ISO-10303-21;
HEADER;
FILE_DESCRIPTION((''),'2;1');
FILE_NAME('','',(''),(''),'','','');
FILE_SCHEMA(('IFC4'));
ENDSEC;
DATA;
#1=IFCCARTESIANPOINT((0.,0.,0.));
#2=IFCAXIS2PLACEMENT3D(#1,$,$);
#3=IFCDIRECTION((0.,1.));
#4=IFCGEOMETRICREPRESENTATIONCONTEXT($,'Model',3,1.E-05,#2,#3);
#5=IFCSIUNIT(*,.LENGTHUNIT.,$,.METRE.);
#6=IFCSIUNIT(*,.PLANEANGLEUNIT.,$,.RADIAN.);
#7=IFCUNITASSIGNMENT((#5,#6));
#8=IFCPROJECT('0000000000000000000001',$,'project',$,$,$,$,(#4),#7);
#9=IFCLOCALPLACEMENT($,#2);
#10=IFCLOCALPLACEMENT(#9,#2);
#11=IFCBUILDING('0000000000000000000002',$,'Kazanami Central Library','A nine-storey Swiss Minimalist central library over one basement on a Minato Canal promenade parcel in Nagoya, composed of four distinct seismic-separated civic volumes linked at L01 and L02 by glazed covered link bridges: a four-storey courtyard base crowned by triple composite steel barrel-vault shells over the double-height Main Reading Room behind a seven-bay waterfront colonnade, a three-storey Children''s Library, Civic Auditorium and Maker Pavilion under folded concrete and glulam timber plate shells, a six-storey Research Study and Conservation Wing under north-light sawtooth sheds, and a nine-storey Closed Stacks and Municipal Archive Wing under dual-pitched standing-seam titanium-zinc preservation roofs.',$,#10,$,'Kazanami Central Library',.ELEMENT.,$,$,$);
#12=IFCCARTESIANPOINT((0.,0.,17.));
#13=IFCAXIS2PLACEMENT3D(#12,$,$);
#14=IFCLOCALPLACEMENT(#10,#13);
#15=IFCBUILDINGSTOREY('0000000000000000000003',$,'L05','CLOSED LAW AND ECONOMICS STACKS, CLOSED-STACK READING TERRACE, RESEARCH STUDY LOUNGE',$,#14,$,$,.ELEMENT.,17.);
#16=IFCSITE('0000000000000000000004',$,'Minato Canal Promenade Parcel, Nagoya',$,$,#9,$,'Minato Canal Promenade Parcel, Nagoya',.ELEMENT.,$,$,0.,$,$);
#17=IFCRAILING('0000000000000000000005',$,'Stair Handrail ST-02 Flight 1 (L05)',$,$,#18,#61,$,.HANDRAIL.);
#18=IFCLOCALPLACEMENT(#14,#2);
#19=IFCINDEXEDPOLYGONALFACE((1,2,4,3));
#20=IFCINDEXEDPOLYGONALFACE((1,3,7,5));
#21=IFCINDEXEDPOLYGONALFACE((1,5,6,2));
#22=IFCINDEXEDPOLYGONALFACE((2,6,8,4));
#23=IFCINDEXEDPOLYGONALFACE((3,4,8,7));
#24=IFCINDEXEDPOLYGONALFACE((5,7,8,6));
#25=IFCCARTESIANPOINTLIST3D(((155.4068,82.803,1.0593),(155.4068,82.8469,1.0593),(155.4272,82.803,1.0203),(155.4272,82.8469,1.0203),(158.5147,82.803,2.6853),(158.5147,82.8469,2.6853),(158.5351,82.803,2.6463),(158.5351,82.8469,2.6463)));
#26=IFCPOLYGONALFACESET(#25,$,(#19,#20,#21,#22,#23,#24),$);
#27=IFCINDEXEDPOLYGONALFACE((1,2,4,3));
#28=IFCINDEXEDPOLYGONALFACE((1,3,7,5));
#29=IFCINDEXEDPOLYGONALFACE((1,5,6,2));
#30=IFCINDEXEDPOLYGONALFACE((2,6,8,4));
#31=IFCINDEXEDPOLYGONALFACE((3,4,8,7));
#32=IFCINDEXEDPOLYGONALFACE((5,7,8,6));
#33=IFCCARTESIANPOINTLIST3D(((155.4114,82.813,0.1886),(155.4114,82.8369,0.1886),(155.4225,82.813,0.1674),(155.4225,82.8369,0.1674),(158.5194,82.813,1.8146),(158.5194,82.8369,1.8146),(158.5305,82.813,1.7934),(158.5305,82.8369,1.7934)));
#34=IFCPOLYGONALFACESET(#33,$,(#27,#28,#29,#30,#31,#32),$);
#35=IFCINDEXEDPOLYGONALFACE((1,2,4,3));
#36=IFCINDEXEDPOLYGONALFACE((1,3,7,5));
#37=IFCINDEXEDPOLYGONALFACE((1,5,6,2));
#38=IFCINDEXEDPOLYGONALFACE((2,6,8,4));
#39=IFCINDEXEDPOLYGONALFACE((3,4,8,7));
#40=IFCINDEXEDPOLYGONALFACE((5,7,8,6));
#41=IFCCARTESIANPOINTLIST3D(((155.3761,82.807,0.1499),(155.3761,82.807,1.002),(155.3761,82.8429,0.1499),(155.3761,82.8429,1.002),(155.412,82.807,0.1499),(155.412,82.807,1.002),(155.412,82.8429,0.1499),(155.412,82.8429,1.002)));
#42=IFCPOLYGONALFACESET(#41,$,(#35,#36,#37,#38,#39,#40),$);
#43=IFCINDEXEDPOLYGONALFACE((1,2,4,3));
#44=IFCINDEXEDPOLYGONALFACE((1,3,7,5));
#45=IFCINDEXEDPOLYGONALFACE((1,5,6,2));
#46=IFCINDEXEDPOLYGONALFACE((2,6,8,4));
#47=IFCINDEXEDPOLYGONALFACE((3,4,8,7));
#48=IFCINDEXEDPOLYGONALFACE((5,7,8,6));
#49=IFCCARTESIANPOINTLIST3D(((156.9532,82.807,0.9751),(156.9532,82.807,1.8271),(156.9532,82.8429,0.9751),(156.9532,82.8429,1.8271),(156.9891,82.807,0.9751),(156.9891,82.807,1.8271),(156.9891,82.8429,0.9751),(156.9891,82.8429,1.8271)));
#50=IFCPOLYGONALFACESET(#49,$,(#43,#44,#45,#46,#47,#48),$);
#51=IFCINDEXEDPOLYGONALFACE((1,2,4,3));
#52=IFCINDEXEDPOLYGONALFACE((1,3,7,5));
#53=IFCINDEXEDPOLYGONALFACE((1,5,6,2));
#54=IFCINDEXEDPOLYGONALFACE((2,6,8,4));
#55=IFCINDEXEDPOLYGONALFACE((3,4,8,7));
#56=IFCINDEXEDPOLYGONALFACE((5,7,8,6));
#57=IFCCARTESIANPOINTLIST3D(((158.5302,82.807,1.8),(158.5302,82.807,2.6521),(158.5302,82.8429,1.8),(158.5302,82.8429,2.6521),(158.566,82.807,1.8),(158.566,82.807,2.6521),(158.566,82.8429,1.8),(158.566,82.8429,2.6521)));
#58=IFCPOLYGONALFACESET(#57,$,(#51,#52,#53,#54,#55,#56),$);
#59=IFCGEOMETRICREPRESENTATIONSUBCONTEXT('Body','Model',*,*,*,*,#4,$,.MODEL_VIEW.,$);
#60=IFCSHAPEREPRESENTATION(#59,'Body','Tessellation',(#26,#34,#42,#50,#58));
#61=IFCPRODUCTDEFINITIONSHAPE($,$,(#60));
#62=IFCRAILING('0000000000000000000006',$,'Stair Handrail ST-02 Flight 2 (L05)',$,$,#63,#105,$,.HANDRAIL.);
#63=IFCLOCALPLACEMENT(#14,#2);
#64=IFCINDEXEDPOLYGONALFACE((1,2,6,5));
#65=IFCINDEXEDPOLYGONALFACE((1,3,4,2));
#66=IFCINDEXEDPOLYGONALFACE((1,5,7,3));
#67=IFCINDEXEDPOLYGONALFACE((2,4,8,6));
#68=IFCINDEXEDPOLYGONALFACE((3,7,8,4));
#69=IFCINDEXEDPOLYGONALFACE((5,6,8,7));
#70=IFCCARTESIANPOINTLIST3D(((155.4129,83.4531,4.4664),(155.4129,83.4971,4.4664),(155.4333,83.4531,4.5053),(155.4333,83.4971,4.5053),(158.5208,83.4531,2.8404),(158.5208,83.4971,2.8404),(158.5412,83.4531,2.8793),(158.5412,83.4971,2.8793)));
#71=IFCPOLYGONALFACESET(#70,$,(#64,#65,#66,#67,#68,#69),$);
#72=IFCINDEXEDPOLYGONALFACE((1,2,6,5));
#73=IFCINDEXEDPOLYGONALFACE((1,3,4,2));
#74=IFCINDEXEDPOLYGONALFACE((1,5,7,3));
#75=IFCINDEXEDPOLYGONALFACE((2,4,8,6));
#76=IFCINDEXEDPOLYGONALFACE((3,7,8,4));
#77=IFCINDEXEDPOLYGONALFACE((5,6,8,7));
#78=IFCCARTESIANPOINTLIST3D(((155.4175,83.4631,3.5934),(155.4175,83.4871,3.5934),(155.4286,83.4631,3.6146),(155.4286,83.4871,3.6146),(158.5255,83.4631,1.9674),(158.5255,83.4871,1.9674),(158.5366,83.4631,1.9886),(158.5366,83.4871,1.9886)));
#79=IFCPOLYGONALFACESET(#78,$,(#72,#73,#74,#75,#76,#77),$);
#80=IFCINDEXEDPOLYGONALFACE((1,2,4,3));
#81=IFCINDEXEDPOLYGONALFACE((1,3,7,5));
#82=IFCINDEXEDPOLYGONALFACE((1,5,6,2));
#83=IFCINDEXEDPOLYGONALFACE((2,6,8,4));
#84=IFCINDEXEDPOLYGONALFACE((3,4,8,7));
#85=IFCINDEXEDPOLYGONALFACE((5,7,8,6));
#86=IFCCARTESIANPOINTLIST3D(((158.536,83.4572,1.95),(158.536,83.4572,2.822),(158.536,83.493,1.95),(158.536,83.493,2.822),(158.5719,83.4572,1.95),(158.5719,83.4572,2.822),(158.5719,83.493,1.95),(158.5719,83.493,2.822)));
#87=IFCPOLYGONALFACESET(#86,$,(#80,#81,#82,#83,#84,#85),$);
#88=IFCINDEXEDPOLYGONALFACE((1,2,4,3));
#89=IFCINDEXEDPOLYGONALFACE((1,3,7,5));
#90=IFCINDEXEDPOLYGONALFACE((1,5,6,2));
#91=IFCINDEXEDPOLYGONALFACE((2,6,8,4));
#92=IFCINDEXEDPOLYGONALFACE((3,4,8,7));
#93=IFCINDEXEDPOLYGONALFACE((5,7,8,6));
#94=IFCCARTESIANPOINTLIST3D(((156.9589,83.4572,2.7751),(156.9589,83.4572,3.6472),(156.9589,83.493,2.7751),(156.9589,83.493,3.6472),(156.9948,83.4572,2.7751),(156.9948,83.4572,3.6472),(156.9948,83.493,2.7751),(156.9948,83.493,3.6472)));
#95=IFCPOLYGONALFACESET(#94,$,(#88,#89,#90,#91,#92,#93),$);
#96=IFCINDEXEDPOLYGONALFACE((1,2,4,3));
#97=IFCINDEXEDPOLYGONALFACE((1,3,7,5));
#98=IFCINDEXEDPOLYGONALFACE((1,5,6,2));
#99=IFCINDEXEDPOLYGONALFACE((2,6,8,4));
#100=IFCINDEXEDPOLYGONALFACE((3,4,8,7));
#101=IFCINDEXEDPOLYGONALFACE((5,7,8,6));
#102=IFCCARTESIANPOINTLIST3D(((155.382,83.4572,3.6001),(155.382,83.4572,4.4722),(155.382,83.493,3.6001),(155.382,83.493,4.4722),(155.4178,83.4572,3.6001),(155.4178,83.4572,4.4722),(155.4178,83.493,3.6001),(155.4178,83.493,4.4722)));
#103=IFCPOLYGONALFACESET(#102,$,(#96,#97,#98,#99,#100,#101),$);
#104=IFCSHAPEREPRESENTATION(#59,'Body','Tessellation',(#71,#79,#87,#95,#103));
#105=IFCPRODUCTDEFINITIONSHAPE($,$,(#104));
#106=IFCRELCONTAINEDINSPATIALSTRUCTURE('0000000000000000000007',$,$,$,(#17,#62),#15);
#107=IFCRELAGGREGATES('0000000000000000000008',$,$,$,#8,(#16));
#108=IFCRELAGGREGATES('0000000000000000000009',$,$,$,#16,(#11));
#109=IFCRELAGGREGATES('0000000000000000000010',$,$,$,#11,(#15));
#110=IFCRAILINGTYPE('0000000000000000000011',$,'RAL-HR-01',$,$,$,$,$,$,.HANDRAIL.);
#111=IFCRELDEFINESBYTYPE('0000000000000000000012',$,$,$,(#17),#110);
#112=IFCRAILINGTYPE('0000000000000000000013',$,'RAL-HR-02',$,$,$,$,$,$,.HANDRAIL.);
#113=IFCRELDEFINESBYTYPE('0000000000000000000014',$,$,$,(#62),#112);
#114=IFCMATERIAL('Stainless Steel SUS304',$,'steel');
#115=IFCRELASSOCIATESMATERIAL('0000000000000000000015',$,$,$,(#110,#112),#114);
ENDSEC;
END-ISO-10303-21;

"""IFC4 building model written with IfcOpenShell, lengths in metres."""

from ifc_helpers import new_model, si_unit, direction, frame, origin, origin_2d, place, context, subcontext, project, spatial, rectangle, extrude, material, type_object, element, save


model = new_model("IFC4")

# Units and contexts
model_context = context("Model", 3, precision=1e-05, world=origin(), true_north=direction((0.0, 1.0)))
body_context = subcontext(model_context, "Body", "Model", "MODEL_VIEW")
ifc_project = project(units=[si_unit("LENGTHUNIT", "METRE"), si_unit("PLANEANGLEUNIT", "RADIAN")], contexts=[model_context])

# Site, building, storey
site_placement = place(None, origin())
site = spatial("IfcSite", under=ifc_project, at=site_placement, Name="Minato Canal Promenade Parcel, Nagoya", LongName="Minato Canal Promenade Parcel, Nagoya", CompositionType="ELEMENT", RefElevation=0.0)
building_placement = place(site_placement, origin())
building = spatial("IfcBuilding", under=site, at=building_placement, Name="Kazanami Central Library", Description="A nine-storey Swiss Minimalist central library over one basement on a Minato Canal promenade parcel in Nagoya, composed of four distinct seismic-separated civic volumes linked at L01 and L02 by glazed covered link bridges: a four-storey courtyard base crowned by triple composite steel barrel-vault shells over the double-height Main Reading Room behind a seven-bay waterfront colonnade, a three-storey Children's Library, Civic Auditorium and Maker Pavilion under folded concrete and glulam timber plate shells, a six-storey Research Study and Conservation Wing under north-light sawtooth sheds, and a nine-storey Closed Stacks and Municipal Archive Wing under dual-pitched standing-seam titanium-zinc preservation roofs.", LongName="Kazanami Central Library", CompositionType="ELEMENT")
storey_placement = place(building_placement, frame((0.0, 0.0, 17.0)))
storey = spatial("IfcBuildingStorey", under=building, at=storey_placement, Name="L05", Description="CLOSED LAW AND ECONOMICS STACKS, CLOSED-STACK READING TERRACE, RESEARCH STUDY LOUNGE", CompositionType="ELEMENT", Elevation=17.0)

# Railings
ifc_material_1 = material(Name="Stainless Steel SUS304", Category="steel")
railing_type_1 = type_object("IfcRailingType", Name="RAL-HR-01", PredefinedType="HANDRAIL", material=ifc_material_1)
railing_1_placement = place(storey_placement, frame((155.394, 82.825, 0.1499)))
element("IfcRailing", 1, at=railing_1_placement, inside=storey, type_object=railing_type_1, Name="Stair Handrail ST-02 Flight 1 (L05)", PredefinedType="HANDRAIL", context=body_context, shape_type="SweptSolid", body=[
    extrude(rectangle(XDim=0.0439, YDim=0.0439, at=origin_2d()), frame((0.0229, 0.0, 0.8899), z_axis=(0.88606, 0.0, 0.463571), x_axis=(0.0, 1.0, 0.0)), (0.0, 0.0, 1.0), 3.5076),
    extrude(rectangle(XDim=0.0239, YDim=0.0239, at=origin_2d()), frame((0.0229, 0.0, 0.0281), z_axis=(0.88606, 0.0, 0.463571), x_axis=(0.0, 1.0, 0.0)), (0.0, 0.0, 1.0), 3.5076),
    extrude(rectangle(XDim=0.0359, YDim=0.0359, at=origin_2d()), origin(), (0.0, 0.0, 1.0), 0.8521),
    extrude(rectangle(XDim=0.0359, YDim=0.0359, at=origin_2d()), frame((1.5771, 0.0, 0.8252)), (0.0, 0.0, 1.0), 0.8521),
    extrude(rectangle(XDim=0.0359, YDim=0.0359, at=origin_2d()), frame((3.1541, 0.0, 1.6501)), (0.0, 0.0, 1.0), 0.8521),
])
railing_type_2 = type_object("IfcRailingType", Name="RAL-HR-02", PredefinedType="HANDRAIL", material=ifc_material_1)
railing_2_placement = place(storey_placement, frame((158.554, 83.4751, 1.95)))
element("IfcRailing", 2, at=railing_2_placement, inside=storey, type_object=railing_type_2, Name="Stair Handrail ST-02 Flight 2 (L05)", PredefinedType="HANDRAIL", context=body_context, shape_type="SweptSolid", body=[
    extrude(rectangle(XDim=0.0439, YDim=0.0439, at=origin_2d()), frame((-0.0229, 0.0, 0.9099), z_axis=(-0.88606, 0.0, 0.463571), x_axis=(0.0, -1.0, 0.0)), (0.0, 0.0, 1.0), 3.5076),
    extrude(rectangle(XDim=0.0239, YDim=0.0239, at=origin_2d()), frame((-0.0229, 0.0, 0.0281), z_axis=(-0.88606, 0.0, 0.463571), x_axis=(0.0, -1.0, 0.0)), (0.0, 0.0, 1.0), 3.5076),
    extrude(rectangle(XDim=0.0359, YDim=0.0359, at=origin_2d()), origin(), (0.0, 0.0, 1.0), 0.8721),
    extrude(rectangle(XDim=0.0359, YDim=0.0359, at=origin_2d()), frame((-1.5771, 0.0, 0.8252)), (0.0, 0.0, 1.0), 0.8721),
    extrude(rectangle(XDim=0.0359, YDim=0.0359, at=origin_2d()), frame((-3.1541, 0.0, 1.6501)), (0.0, 0.0, 1.0), 0.8721),
])

save(model, "model.ifc")
